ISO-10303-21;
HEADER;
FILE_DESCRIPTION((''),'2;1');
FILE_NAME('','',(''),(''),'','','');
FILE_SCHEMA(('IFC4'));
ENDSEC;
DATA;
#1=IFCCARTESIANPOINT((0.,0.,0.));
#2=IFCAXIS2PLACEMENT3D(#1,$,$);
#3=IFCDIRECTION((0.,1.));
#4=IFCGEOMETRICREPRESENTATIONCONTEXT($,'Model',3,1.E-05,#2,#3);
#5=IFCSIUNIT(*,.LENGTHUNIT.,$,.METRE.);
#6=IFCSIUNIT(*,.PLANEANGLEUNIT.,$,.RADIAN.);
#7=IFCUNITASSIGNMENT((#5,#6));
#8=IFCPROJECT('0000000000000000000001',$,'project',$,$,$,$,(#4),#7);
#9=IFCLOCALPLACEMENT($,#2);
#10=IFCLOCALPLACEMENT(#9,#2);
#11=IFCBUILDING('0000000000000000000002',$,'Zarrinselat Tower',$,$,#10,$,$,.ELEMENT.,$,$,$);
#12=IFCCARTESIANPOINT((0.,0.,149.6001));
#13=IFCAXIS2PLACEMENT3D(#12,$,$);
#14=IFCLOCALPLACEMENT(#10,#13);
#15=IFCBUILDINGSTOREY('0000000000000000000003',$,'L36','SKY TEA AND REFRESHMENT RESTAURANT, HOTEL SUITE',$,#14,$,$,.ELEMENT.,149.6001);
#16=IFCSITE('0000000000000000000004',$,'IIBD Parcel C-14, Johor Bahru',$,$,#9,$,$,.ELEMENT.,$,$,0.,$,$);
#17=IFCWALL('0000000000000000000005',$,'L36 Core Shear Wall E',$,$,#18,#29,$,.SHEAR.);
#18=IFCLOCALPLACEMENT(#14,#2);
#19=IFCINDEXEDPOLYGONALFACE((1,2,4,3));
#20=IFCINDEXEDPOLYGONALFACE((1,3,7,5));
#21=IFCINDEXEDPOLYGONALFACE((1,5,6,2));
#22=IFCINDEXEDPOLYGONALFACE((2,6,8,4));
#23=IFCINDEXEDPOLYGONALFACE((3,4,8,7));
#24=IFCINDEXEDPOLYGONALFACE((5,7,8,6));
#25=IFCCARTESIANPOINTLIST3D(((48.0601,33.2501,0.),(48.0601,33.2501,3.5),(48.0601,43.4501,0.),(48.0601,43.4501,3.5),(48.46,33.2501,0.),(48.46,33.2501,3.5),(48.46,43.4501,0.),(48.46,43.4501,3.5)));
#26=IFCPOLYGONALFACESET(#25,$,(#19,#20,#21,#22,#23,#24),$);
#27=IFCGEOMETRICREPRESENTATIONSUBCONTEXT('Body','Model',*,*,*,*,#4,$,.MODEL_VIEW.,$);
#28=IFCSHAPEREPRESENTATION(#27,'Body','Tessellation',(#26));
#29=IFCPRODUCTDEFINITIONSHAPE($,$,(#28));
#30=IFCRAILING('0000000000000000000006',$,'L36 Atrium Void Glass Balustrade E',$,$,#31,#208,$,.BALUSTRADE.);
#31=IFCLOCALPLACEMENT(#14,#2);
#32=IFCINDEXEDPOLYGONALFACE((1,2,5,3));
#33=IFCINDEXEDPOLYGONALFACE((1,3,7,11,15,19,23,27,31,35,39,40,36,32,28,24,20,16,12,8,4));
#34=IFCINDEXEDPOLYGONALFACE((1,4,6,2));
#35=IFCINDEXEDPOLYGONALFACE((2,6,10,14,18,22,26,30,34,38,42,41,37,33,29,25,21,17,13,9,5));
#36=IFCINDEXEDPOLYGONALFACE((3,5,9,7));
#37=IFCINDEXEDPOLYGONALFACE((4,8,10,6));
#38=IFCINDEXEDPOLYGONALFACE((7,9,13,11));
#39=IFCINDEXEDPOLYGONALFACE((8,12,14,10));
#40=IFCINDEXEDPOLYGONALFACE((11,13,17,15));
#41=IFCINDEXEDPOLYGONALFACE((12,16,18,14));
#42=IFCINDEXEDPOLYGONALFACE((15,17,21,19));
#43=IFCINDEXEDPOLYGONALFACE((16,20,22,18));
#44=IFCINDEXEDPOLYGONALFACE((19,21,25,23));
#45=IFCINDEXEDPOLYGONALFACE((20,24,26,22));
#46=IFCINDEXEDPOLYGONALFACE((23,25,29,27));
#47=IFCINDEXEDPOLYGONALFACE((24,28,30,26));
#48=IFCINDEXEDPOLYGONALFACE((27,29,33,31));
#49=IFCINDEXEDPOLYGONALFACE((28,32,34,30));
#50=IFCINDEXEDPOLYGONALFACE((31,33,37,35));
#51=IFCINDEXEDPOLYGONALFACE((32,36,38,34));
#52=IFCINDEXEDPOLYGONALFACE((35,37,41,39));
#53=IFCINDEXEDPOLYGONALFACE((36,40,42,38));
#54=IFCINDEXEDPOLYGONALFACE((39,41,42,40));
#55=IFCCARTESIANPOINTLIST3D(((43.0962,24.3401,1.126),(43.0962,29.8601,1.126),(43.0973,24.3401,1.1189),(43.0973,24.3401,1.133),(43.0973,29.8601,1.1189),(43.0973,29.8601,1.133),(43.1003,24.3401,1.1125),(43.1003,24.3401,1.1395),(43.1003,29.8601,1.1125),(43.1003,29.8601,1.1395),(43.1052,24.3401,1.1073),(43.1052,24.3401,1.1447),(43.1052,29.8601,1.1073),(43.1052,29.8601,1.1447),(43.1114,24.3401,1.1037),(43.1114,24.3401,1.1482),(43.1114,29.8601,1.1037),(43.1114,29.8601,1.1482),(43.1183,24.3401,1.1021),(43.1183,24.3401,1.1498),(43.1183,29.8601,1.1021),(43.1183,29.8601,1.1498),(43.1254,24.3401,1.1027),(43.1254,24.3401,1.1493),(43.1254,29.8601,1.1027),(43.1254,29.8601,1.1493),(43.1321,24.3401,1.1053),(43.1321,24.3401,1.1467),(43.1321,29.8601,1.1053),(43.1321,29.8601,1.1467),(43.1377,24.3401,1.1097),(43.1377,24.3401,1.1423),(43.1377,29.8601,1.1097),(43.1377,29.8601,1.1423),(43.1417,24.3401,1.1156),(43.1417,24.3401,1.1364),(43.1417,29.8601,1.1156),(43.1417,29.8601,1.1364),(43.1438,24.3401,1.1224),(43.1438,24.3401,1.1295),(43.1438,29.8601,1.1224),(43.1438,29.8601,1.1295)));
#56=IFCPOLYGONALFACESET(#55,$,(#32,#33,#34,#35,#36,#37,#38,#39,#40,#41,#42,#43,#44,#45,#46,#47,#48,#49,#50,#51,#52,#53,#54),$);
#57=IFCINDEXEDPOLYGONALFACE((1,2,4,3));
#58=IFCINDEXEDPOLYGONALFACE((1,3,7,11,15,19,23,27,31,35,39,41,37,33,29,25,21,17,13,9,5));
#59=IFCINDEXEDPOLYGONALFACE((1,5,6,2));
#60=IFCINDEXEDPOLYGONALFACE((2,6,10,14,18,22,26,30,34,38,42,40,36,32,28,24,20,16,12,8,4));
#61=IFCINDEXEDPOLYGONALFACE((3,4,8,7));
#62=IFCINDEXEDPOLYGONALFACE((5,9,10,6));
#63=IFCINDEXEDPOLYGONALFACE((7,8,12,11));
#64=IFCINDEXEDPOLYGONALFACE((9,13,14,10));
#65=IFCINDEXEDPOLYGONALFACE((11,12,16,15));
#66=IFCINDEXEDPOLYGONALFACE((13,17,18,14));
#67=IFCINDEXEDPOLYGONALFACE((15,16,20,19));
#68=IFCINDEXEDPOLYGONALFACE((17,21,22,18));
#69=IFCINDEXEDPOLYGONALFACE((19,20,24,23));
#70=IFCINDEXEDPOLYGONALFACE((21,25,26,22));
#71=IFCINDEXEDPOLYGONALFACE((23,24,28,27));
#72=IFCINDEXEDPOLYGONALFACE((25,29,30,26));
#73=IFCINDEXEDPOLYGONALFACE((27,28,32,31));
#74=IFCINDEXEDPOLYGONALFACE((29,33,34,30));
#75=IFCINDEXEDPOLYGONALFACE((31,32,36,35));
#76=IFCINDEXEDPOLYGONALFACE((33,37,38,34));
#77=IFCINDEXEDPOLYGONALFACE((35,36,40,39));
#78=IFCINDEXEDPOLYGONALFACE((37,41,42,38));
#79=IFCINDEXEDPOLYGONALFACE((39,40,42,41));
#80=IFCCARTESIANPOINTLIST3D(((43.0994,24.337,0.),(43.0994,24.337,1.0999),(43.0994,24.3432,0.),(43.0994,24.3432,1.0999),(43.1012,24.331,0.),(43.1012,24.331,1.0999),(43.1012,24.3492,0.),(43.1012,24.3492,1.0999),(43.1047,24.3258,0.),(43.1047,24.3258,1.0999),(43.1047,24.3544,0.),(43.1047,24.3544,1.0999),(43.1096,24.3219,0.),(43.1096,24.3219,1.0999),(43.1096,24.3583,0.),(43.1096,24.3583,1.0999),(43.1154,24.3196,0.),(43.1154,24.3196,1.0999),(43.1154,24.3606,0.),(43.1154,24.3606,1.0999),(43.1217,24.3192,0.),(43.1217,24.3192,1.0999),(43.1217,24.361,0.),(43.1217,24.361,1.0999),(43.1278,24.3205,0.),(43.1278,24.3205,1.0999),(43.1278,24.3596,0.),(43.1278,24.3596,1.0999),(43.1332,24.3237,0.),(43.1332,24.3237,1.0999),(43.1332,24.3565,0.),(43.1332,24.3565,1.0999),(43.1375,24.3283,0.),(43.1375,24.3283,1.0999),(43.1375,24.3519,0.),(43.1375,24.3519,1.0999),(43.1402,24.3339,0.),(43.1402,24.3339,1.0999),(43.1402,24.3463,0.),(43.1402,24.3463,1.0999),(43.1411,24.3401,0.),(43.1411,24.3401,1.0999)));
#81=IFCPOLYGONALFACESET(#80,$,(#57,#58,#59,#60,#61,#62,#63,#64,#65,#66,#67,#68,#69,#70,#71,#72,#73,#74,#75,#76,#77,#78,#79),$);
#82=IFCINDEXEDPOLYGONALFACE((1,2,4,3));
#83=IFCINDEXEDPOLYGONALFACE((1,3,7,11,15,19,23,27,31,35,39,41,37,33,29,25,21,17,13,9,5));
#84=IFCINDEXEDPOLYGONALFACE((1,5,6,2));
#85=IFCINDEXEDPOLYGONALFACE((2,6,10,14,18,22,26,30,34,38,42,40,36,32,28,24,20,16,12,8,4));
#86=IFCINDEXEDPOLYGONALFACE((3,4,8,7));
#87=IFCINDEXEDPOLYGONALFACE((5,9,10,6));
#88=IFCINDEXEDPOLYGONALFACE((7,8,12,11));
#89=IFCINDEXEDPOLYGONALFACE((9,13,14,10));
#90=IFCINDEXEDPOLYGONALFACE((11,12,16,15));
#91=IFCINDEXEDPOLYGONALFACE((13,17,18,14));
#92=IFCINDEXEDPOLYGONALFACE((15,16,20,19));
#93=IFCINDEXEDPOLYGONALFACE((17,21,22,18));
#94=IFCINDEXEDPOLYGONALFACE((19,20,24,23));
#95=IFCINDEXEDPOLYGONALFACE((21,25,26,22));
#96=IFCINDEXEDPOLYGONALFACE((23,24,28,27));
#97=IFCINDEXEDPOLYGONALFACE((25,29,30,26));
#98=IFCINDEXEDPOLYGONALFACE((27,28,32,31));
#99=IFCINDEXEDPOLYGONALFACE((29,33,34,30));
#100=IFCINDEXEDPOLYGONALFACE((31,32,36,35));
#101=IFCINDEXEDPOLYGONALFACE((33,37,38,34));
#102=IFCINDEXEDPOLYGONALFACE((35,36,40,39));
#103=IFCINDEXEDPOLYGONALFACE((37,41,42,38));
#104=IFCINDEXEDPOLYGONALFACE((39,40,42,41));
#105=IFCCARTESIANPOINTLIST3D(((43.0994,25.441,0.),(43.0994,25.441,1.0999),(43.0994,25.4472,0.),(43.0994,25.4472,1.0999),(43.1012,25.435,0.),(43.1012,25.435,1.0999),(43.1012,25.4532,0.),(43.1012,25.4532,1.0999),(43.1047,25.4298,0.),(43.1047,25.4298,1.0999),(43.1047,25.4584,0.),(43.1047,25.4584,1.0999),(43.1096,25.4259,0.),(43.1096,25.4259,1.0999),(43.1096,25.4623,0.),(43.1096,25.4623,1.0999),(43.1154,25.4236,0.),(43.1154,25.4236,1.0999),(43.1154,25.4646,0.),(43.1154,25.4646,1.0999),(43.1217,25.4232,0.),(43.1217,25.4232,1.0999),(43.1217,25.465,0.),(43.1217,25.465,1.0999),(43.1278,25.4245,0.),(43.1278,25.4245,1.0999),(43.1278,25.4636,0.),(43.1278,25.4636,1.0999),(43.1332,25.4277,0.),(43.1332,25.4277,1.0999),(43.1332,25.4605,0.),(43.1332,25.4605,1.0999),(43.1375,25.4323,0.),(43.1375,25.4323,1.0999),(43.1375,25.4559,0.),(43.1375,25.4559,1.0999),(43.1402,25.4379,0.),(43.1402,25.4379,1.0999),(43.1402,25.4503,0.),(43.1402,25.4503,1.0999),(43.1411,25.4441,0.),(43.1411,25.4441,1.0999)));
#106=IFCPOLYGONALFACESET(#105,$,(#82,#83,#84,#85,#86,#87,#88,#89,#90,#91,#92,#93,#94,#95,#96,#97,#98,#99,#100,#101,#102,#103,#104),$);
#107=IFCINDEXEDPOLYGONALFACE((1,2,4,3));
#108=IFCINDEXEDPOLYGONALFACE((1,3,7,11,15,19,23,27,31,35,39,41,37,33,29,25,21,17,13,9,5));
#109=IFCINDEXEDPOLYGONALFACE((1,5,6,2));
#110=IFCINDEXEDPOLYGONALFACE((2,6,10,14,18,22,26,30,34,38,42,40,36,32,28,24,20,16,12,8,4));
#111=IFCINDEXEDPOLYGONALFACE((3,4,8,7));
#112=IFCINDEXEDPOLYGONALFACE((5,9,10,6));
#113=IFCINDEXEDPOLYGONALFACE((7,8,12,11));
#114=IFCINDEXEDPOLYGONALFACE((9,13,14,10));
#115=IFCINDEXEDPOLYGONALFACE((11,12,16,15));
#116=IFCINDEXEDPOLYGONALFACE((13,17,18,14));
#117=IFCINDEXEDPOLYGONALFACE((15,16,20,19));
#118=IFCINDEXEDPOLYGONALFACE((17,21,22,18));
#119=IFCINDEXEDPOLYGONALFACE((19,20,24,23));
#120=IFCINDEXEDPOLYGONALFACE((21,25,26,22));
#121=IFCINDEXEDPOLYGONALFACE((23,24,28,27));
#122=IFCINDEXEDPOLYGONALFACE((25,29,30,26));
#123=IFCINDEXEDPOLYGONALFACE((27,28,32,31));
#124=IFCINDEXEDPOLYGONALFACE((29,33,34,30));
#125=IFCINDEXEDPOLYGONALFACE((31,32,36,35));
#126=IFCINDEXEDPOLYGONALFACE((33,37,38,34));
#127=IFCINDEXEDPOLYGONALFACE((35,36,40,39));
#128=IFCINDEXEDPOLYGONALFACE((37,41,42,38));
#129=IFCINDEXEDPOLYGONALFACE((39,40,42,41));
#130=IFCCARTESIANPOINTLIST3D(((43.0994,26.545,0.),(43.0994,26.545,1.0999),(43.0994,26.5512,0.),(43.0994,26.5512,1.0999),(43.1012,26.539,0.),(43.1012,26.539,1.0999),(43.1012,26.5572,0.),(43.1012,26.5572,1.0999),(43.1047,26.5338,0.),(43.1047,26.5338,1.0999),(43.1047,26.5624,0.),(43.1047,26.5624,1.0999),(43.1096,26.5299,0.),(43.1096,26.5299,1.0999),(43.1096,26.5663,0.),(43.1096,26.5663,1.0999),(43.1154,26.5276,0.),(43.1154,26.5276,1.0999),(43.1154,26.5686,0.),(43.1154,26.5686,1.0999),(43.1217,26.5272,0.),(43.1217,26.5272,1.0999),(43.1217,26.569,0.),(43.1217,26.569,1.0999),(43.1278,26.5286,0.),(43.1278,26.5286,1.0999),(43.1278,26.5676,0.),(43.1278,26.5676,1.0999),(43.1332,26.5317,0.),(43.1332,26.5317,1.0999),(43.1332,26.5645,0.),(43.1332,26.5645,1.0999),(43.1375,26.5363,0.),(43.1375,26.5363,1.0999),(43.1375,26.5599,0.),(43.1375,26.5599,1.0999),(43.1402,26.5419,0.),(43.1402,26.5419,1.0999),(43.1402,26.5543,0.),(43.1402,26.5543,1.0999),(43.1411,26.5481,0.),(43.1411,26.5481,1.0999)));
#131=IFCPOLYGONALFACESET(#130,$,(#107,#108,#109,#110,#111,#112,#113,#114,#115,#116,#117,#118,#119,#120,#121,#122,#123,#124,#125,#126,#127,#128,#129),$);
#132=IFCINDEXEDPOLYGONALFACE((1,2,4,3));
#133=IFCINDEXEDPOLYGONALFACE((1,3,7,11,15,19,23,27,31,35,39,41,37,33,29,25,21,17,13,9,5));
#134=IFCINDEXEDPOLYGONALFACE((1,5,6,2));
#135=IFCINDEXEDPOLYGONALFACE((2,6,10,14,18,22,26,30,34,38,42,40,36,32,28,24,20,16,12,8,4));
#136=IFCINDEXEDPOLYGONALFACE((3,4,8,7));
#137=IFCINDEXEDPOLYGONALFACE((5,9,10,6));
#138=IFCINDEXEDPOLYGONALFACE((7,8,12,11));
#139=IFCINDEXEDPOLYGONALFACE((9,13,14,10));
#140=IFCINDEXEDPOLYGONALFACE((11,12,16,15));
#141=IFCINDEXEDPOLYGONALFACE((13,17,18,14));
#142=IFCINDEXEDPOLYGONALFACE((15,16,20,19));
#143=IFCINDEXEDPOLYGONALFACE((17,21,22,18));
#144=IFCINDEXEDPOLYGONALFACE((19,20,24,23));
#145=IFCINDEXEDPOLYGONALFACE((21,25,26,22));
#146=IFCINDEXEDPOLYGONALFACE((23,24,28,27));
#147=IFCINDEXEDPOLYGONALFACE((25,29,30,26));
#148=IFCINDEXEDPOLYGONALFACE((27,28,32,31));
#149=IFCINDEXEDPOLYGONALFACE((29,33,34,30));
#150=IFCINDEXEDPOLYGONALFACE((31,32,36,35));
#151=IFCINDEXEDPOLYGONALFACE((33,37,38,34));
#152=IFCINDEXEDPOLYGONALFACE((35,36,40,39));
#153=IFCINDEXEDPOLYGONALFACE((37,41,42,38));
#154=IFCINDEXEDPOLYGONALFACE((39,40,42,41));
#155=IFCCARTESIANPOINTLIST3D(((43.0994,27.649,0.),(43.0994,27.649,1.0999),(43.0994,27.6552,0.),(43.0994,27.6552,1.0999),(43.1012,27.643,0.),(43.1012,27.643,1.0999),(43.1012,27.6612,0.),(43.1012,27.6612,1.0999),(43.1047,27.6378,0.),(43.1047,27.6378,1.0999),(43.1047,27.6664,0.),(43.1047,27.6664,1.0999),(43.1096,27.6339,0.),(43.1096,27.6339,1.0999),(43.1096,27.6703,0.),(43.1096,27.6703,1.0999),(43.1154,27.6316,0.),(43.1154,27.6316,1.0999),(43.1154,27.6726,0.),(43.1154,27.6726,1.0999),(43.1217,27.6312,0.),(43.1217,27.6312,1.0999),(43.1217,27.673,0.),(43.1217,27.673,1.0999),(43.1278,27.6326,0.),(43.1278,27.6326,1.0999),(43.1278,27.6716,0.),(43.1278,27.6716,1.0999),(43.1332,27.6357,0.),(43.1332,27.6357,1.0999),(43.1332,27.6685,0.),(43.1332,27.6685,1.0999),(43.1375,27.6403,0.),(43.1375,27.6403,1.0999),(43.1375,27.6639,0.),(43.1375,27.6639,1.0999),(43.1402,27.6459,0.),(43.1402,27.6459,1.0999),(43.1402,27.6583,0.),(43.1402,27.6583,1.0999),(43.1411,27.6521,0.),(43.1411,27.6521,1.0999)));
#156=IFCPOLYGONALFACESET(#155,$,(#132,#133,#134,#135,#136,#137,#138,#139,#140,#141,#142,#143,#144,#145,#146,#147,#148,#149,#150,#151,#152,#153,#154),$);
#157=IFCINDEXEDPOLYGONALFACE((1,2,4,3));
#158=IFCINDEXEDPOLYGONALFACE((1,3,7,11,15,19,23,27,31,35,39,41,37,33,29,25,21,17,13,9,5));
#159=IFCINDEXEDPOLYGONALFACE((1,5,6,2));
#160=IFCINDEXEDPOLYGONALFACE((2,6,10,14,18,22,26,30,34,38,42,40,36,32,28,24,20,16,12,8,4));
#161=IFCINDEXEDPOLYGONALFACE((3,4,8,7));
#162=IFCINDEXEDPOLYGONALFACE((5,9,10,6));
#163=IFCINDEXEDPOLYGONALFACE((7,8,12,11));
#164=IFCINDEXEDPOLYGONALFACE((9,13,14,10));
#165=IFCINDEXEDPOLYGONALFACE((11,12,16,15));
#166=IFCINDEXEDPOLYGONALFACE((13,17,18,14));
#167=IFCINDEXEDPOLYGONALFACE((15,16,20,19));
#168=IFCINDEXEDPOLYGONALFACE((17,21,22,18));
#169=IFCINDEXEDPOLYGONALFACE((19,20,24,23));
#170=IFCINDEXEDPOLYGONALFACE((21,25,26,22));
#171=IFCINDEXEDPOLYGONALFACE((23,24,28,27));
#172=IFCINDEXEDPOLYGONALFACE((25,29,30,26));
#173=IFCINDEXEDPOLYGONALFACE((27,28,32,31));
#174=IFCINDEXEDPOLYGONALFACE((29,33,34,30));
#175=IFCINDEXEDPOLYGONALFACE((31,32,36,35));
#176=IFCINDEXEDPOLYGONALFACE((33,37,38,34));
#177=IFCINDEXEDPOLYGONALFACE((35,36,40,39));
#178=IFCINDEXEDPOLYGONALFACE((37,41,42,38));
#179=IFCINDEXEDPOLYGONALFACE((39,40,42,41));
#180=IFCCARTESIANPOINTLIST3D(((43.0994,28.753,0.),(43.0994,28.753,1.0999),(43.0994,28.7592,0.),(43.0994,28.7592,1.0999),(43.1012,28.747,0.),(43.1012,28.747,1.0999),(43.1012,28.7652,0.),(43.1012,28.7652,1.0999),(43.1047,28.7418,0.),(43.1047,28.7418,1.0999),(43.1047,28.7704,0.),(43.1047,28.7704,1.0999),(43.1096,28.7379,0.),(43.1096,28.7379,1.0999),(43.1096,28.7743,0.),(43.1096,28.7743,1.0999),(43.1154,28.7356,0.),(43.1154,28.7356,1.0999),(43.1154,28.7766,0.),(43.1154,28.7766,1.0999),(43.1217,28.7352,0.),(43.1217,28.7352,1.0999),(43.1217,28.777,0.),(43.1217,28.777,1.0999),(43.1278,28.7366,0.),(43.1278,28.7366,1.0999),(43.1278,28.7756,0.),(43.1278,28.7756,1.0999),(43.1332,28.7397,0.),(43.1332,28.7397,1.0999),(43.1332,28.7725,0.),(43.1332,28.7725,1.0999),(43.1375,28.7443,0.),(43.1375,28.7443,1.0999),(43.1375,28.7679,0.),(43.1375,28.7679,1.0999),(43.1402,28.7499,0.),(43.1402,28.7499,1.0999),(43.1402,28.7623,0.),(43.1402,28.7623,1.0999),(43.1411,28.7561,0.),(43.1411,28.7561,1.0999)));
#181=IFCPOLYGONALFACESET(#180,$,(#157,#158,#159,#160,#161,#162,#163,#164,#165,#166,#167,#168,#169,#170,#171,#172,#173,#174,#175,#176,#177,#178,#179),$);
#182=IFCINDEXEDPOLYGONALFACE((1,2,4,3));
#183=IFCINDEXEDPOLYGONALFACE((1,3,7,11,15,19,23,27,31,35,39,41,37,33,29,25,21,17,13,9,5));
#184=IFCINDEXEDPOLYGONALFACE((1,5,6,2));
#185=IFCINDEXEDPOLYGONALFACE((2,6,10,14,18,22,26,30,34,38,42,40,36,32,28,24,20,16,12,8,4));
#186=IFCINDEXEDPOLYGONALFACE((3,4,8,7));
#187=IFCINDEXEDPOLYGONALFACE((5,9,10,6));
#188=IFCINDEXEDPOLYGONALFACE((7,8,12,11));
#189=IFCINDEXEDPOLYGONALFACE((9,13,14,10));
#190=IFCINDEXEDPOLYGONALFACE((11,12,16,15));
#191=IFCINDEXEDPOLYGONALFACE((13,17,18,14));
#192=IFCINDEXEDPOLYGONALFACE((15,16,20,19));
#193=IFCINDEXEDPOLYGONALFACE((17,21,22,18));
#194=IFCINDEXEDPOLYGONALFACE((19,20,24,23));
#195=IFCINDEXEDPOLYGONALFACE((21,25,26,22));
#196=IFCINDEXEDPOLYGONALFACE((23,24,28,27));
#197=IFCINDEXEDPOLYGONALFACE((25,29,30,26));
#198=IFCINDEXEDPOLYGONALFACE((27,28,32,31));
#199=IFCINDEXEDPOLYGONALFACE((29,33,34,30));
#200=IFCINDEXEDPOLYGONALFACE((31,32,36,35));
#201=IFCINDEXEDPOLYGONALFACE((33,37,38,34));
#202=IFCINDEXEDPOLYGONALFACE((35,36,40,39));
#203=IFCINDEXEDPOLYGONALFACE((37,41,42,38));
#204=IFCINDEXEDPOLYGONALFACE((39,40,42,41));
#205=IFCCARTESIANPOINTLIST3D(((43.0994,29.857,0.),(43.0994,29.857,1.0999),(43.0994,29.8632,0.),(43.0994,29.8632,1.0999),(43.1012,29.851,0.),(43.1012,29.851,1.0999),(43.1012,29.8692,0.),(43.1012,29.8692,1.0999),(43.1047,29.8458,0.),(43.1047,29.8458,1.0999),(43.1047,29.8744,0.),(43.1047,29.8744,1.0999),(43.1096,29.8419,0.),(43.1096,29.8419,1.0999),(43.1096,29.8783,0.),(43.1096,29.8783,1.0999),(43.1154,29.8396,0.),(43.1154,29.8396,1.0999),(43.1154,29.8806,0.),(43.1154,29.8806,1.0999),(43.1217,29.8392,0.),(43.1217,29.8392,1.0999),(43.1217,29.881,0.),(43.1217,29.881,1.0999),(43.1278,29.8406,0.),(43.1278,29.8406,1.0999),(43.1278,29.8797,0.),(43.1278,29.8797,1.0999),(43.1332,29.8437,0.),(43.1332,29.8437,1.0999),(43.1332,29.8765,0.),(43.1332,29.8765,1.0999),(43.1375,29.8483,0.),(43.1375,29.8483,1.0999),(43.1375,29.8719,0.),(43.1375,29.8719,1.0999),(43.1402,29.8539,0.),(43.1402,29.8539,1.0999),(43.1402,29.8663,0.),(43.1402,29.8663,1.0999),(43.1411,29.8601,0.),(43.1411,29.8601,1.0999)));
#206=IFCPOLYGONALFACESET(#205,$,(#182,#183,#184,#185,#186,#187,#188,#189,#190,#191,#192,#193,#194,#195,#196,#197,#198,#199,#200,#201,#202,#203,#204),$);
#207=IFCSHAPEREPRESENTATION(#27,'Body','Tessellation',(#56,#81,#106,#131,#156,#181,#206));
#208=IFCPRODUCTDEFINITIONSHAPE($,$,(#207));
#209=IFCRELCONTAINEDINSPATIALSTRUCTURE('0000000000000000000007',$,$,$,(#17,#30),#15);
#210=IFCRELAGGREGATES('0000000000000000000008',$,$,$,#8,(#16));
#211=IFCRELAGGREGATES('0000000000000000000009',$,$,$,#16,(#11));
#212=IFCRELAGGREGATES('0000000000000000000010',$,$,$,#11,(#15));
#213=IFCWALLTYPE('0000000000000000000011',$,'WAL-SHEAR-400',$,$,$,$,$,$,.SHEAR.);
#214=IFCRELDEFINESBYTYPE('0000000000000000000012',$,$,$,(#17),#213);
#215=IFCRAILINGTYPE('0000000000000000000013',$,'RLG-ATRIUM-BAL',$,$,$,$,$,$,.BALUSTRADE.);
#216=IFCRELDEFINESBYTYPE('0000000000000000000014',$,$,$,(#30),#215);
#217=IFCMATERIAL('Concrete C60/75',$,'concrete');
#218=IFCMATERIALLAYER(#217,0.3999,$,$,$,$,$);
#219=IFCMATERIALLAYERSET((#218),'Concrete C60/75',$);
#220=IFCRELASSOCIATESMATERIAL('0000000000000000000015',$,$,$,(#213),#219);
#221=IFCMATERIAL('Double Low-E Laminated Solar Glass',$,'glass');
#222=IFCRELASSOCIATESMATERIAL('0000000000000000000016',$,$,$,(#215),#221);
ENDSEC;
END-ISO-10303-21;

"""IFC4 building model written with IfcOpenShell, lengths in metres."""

from ifc_helpers import new_model, si_unit, direction, frame, frame_2d, origin, origin_2d, place, context, subcontext, project, spatial, rectangle, circle, extrude, material, layer, layer_set, type_object, element, save


model = new_model("IFC4")

# Units and contexts
model_context = context("Model", 3, precision=1e-05, world=origin(), true_north=direction((0.0, 1.0)))
body_context = subcontext(model_context, "Body", "Model", "MODEL_VIEW")
ifc_project = project(units=[si_unit("LENGTHUNIT", "METRE"), si_unit("PLANEANGLEUNIT", "RADIAN")], contexts=[model_context])

# Site, building, storey
site_placement = place(None, origin())
site = spatial("IfcSite", under=ifc_project, at=site_placement, Name="IIBD Parcel C-14, Johor Bahru", CompositionType="ELEMENT", RefElevation=0.0)
building_placement = place(site_placement, origin())
building = spatial("IfcBuilding", under=site, at=building_placement, Name="Zarrinselat Tower", CompositionType="ELEMENT")
storey_placement = place(building_placement, frame((0.0, 0.0, 149.6001)))
storey = spatial("IfcBuildingStorey", under=building, at=storey_placement, Name="L36", Description="SKY TEA AND REFRESHMENT RESTAURANT, HOTEL SUITE", CompositionType="ELEMENT", Elevation=149.6001)

# Wall
ifc_material_1 = material(Name="Concrete C60/75", Category="concrete")
ifc_layer_1 = layer(ifc_material_1, 0.3999)
ifc_layer_set_1 = layer_set([ifc_layer_1], Name="Concrete C60/75")
wall_type_1 = type_object("IfcWallType", Name="WAL-SHEAR-400", PredefinedType="SHEAR", material=ifc_layer_set_1)
wall_1_placement = place(storey_placement, frame((48.26, 33.25, 0.0), z_axis=(0.0, 0.0, 1.0), x_axis=(0.0, 1.0, 0.0)))
element("IfcWall", 1, at=wall_1_placement, inside=storey, type_object=wall_type_1, Name="L36 Core Shear Wall E", PredefinedType="SHEAR", context=body_context, shape_type="SweptSolid", body=[
    extrude(rectangle(XDim=10.2, YDim=0.3999, at=frame_2d((5.1001, 0.0))), origin(), (0.0, 0.0, 1.0), 3.5),
])

# Railing
ifc_material_2 = material(Name="Double Low-E Laminated Solar Glass", Category="glass")
railing_type_1 = type_object("IfcRailingType", Name="RLG-ATRIUM-BAL", PredefinedType="BALUSTRADE", material=ifc_material_2)
railing_1_placement = place(storey_placement, frame((43.1201, 24.3401, 0.0)))
element("IfcRailing", 2, at=railing_1_placement, inside=storey, type_object=railing_type_1, Name="L36 Atrium Void Glass Balustrade E", PredefinedType="BALUSTRADE", context=body_context, shape_type="SweptSolid", body=[
    extrude(circle(Radius=0.0239, at=origin_2d()), frame((0.0, 0.0, 1.126), z_axis=(0.0, 1.0, 0.0), x_axis=(-1.0, 0.0, 0.0)), (0.0, 0.0, 1.0), 5.52),
    extrude(circle(Radius=0.021, at=origin_2d()), origin(), (0.0, 0.0, 1.0), 1.0999),
    extrude(circle(Radius=0.021, at=origin_2d()), frame((0.0, 1.104, 0.0)), (0.0, 0.0, 1.0), 1.0999),
    extrude(circle(Radius=0.021, at=origin_2d()), frame((0.0, 2.208, 0.0)), (0.0, 0.0, 1.0), 1.0999),
    extrude(circle(Radius=0.021, at=origin_2d()), frame((0.0, 3.312, 0.0)), (0.0, 0.0, 1.0), 1.0999),
    extrude(circle(Radius=0.021, at=origin_2d()), frame((0.0, 4.416, 0.0)), (0.0, 0.0, 1.0), 1.0999),
    extrude(circle(Radius=0.021, at=origin_2d()), frame((0.0, 5.52, 0.0)), (0.0, 0.0, 1.0), 1.0999),
])

save(model, "model.ifc")
